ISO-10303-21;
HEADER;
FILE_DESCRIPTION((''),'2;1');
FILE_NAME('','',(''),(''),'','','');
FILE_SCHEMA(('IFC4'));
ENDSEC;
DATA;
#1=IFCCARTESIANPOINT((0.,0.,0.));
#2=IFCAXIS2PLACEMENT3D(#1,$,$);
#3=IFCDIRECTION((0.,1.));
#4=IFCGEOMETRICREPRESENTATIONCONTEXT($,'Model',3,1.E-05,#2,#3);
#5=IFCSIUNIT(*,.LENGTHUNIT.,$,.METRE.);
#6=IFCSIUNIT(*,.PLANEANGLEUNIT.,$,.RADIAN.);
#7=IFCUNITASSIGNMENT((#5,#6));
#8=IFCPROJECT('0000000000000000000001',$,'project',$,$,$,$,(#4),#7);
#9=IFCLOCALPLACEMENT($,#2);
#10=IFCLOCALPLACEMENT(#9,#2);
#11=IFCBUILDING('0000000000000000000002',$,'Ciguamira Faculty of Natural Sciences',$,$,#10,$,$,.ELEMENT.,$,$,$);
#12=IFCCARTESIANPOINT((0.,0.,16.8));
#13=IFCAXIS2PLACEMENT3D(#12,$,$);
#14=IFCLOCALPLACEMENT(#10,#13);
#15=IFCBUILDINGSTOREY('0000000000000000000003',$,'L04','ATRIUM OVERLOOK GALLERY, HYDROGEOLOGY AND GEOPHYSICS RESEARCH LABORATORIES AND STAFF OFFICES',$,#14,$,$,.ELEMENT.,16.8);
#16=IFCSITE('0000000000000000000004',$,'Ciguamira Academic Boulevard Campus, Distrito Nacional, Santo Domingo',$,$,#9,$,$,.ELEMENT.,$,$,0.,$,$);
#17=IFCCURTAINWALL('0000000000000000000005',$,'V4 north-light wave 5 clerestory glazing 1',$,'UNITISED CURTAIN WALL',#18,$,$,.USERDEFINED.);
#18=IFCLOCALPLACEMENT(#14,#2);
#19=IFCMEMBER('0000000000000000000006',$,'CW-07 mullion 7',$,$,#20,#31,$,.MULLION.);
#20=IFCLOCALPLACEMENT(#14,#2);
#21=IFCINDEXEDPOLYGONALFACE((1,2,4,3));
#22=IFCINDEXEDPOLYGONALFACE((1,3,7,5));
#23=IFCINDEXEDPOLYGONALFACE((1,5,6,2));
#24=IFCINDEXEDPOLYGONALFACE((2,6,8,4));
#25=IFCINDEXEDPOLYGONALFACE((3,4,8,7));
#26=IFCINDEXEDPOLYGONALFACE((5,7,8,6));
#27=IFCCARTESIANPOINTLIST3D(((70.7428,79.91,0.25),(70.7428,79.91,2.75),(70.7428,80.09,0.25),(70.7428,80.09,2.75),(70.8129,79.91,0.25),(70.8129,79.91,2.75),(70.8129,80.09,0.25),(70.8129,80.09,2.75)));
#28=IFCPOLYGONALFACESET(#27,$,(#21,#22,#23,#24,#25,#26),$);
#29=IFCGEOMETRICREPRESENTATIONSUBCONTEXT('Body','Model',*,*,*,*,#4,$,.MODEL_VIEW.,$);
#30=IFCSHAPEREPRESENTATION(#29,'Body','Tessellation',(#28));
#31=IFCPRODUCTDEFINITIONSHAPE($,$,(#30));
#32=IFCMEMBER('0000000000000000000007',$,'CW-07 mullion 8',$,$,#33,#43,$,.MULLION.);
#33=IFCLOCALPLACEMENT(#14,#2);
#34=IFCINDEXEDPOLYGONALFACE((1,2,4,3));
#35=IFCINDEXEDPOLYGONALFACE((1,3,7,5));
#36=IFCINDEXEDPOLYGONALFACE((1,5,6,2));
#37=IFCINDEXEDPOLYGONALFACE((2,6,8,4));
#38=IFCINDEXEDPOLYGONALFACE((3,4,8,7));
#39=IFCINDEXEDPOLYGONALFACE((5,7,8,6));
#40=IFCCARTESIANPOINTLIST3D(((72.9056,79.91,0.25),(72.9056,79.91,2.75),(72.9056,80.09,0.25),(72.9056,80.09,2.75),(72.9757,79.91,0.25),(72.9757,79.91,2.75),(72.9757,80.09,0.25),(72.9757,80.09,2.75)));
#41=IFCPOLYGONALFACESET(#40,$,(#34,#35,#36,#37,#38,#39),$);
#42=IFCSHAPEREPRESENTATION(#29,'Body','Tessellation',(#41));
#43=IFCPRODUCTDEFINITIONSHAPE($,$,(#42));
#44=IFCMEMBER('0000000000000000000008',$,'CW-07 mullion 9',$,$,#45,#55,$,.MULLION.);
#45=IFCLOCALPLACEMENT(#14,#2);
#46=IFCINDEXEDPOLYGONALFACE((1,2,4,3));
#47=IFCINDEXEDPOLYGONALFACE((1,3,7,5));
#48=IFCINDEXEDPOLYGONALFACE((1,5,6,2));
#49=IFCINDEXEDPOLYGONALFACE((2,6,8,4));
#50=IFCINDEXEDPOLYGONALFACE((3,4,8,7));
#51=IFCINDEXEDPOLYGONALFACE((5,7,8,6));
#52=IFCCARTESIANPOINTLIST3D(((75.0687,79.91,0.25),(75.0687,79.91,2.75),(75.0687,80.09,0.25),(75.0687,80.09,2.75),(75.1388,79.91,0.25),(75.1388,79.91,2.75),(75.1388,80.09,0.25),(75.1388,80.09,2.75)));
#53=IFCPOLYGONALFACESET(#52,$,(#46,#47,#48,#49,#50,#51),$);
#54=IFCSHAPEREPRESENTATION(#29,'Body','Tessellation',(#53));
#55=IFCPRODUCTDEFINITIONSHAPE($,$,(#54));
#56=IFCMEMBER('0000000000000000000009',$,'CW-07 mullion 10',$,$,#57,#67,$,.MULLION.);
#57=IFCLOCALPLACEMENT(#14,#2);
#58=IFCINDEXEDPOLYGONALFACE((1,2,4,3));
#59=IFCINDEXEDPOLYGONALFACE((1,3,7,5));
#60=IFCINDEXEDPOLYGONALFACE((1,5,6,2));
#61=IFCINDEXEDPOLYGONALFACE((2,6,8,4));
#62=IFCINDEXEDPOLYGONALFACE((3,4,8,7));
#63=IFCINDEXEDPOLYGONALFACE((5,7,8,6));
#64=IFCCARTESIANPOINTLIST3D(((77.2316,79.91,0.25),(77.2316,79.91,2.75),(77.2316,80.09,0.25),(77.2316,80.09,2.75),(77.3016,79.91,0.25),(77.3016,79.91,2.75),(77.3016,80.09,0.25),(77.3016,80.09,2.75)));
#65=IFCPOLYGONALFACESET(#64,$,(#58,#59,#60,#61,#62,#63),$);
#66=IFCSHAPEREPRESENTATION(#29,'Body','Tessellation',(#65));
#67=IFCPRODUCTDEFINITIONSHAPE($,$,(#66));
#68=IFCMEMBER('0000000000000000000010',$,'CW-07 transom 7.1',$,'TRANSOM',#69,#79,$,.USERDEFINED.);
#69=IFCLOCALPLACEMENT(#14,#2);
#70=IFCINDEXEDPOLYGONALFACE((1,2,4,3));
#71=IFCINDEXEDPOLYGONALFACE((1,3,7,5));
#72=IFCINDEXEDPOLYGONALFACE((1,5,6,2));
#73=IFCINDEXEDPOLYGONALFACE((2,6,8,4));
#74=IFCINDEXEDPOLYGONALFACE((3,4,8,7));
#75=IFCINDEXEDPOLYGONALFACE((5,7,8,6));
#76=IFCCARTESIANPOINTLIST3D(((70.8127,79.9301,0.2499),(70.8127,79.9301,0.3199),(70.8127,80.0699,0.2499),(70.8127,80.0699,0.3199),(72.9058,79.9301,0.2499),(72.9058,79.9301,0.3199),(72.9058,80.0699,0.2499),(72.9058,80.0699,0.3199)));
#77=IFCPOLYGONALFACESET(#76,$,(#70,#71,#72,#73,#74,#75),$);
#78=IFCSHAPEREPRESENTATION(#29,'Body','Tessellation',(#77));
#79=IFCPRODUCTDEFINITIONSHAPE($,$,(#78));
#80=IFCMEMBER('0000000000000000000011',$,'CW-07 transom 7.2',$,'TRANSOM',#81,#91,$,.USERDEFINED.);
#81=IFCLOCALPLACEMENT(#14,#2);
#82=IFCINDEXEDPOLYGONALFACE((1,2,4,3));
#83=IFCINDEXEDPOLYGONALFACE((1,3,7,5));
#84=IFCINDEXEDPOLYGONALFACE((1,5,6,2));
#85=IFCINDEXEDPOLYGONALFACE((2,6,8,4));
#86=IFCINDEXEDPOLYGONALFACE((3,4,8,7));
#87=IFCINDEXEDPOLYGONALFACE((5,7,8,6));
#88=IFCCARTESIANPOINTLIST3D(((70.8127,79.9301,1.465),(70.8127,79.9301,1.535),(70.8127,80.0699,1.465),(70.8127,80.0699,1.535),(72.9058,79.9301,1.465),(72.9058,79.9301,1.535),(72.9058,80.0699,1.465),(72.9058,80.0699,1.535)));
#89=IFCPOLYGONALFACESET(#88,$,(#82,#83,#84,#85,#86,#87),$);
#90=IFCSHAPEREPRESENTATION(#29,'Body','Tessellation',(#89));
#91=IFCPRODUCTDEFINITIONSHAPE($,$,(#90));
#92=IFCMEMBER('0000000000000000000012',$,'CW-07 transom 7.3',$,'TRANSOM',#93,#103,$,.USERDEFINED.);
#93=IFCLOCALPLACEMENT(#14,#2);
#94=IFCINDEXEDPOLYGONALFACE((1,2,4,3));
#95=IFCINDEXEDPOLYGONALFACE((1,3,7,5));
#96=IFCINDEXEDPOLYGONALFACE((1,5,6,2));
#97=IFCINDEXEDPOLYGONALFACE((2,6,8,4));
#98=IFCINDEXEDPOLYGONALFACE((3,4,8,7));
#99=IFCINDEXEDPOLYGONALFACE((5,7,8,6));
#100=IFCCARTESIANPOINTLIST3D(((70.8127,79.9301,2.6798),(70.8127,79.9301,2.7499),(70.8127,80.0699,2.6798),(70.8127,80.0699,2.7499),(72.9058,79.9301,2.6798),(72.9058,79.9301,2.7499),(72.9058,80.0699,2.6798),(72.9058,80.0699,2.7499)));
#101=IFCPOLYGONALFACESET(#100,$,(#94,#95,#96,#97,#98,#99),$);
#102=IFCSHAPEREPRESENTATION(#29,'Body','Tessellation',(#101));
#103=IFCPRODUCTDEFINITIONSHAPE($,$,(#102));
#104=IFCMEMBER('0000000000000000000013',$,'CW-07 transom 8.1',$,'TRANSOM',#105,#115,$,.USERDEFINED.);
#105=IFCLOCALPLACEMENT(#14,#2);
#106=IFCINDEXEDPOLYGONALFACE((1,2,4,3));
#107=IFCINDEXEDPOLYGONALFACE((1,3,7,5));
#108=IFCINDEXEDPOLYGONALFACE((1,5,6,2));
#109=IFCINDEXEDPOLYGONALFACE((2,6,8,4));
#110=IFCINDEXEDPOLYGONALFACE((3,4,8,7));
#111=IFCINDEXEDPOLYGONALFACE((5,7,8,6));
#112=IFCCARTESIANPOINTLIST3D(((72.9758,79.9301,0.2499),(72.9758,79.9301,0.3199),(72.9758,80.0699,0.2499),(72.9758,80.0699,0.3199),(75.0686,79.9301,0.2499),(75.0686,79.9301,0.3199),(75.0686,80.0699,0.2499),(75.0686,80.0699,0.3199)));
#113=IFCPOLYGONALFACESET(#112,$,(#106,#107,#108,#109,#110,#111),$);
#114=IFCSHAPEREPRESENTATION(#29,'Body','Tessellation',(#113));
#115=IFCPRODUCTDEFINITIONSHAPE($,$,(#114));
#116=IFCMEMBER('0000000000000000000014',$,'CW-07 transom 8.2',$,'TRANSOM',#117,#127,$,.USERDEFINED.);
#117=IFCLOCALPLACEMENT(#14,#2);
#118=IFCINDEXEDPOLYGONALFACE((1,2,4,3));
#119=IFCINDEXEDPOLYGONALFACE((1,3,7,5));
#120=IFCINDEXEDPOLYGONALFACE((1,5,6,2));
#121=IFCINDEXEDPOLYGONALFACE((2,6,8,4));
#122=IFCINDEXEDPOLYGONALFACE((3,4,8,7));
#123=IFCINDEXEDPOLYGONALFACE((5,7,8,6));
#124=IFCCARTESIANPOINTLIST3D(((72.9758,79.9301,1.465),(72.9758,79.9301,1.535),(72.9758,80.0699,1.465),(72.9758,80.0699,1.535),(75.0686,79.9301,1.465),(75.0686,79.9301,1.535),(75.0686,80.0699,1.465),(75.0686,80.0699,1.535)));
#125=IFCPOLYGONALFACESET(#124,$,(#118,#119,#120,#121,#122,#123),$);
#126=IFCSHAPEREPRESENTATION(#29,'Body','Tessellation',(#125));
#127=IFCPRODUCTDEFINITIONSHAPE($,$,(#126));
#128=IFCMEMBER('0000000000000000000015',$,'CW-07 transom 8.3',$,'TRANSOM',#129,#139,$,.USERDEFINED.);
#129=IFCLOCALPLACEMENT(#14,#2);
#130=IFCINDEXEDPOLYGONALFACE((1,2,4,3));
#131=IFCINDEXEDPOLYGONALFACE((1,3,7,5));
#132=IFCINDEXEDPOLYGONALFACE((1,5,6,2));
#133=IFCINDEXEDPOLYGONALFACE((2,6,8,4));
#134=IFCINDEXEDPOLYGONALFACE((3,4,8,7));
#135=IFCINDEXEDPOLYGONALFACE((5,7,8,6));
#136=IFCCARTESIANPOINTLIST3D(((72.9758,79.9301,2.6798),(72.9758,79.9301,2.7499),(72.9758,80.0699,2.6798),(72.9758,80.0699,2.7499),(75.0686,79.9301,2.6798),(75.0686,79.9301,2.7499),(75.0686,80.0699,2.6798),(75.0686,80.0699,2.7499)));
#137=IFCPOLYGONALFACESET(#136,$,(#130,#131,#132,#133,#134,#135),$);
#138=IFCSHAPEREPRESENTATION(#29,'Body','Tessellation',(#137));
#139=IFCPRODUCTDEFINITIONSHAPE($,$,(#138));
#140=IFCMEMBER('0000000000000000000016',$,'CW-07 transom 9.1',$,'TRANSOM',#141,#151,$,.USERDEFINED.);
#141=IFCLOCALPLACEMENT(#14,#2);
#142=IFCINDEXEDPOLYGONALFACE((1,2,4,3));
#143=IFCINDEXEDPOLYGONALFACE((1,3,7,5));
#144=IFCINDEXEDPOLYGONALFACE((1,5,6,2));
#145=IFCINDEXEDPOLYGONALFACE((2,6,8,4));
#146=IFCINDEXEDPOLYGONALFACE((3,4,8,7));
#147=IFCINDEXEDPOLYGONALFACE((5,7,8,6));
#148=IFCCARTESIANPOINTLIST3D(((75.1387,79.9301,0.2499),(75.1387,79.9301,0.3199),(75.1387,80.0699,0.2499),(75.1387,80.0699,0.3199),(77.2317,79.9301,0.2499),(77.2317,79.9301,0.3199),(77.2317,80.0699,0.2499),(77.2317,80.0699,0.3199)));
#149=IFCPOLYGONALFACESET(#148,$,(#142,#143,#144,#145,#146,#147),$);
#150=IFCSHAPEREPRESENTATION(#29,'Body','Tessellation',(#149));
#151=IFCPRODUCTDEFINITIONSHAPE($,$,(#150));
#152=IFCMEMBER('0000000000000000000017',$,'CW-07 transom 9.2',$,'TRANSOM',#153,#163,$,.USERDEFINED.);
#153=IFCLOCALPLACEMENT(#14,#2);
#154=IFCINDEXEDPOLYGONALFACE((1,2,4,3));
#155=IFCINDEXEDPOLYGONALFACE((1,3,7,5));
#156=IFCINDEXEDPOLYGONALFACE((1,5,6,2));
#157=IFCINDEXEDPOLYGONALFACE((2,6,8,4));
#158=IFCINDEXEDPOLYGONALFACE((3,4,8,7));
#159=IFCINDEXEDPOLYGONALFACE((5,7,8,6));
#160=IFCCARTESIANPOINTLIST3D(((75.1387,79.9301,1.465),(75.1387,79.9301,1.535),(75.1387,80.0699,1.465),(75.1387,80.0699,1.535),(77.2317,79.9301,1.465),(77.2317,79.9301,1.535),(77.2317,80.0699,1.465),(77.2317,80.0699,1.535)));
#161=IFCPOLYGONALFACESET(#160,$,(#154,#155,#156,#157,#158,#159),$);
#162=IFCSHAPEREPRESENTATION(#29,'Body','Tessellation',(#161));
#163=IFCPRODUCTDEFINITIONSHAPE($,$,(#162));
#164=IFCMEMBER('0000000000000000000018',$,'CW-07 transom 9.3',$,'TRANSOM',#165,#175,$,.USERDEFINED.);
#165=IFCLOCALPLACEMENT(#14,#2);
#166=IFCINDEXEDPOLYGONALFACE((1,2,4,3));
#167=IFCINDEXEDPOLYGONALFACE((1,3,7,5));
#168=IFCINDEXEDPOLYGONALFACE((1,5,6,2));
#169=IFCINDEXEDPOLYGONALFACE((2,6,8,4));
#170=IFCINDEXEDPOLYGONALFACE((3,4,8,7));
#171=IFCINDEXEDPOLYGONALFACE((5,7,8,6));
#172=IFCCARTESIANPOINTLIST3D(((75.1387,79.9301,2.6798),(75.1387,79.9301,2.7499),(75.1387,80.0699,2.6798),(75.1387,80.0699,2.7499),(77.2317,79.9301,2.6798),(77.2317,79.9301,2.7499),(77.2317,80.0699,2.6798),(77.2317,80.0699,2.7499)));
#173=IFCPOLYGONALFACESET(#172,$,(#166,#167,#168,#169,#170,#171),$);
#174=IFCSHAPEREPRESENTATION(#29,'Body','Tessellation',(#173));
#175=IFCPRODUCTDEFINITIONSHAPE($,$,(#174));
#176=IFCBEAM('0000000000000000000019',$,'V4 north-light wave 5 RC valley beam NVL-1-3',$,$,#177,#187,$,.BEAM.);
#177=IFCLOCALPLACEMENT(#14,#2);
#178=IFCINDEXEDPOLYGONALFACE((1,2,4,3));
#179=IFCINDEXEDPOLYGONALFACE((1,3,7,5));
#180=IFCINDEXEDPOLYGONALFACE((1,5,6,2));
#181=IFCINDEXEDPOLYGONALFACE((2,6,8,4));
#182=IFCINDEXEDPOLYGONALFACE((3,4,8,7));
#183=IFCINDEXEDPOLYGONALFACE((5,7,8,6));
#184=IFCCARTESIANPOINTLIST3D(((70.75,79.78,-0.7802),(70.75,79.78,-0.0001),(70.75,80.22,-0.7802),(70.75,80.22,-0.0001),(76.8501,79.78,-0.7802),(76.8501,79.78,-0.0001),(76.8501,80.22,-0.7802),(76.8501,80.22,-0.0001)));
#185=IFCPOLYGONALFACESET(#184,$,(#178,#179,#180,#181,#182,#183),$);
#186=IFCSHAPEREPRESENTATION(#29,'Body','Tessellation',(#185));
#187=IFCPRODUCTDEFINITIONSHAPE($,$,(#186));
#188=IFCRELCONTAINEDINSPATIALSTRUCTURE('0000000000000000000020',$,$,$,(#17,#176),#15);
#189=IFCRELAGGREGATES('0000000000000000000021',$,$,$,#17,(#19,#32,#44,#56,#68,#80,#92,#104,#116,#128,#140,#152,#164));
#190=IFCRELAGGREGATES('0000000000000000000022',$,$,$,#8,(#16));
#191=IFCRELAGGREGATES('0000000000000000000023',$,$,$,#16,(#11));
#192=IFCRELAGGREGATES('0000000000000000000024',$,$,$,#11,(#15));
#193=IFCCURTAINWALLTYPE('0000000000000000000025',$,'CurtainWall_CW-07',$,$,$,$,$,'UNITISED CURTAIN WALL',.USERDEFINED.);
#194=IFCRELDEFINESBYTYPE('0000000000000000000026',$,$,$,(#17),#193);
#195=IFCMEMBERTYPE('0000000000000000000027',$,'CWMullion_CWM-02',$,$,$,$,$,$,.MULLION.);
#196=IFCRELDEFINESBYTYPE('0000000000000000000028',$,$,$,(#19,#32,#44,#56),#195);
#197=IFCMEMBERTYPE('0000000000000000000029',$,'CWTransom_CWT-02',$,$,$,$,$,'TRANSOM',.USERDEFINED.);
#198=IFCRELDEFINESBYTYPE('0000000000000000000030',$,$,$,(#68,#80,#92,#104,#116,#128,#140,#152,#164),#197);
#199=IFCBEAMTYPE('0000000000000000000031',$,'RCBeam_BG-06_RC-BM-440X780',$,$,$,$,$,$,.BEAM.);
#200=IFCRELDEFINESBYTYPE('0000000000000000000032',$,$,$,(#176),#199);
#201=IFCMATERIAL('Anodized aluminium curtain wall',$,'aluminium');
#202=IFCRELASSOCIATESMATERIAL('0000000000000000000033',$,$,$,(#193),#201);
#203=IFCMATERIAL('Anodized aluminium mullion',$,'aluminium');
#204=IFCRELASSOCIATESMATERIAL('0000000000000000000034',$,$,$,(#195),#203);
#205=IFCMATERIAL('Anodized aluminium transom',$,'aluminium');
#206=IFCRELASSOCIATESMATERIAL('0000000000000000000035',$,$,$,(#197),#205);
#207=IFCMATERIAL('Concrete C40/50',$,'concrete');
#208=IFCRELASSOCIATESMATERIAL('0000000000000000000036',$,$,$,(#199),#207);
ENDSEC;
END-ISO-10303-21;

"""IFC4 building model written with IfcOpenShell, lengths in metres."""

from ifc_helpers import new_model, si_unit, direction, frame, origin, origin_2d, place, context, subcontext, project, spatial, rectangle, extrude, material, material_profile, profile_set, type_object, element, aggregate, save


model = new_model("IFC4")

# Units and contexts
model_context = context("Model", 3, precision=1e-05, world=origin(), true_north=direction((0.0, 1.0)))
body_context = subcontext(model_context, "Body", "Model", "MODEL_VIEW")
ifc_project = project(units=[si_unit("LENGTHUNIT", "METRE"), si_unit("PLANEANGLEUNIT", "RADIAN")], contexts=[model_context])

# Site, building, storey
site_placement = place(None, origin())
site = spatial("IfcSite", under=ifc_project, at=site_placement, Name="Ciguamira Academic Boulevard Campus, Distrito Nacional, Santo Domingo", CompositionType="ELEMENT", RefElevation=0.0)
building_placement = place(site_placement, origin())
building = spatial("IfcBuilding", under=site, at=building_placement, Name="Ciguamira Faculty of Natural Sciences", CompositionType="ELEMENT")
storey_placement = place(building_placement, frame((0.0, 0.0, 16.8)))
storey = spatial("IfcBuildingStorey", under=building, at=storey_placement, Name="L04", Description="ATRIUM OVERLOOK GALLERY, HYDROGEOLOGY AND GEOPHYSICS RESEARCH LABORATORIES AND STAFF OFFICES", CompositionType="ELEMENT", Elevation=16.8)

# Curtain wall, members
ifc_material_1 = material(Name="Anodized aluminium curtain wall", Category="aluminium")
curtain_wall_type = type_object("IfcCurtainWallType", Name="CurtainWall_CW-07", ElementType="UNITISED CURTAIN WALL", PredefinedType="USERDEFINED", material=ifc_material_1)
curtain_wall_placement = place(storey_placement, origin())
curtain_wall = element("IfcCurtainWall", 1, at=curtain_wall_placement, inside=storey, type_object=curtain_wall_type, Name="V4 north-light wave 5 clerestory glazing 1", ObjectType="UNITISED CURTAIN WALL", PredefinedType="USERDEFINED")
ifc_material_2 = material(Name="Anodized aluminium mullion", Category="aluminium")
ifc_material_profile_1 = material_profile(ifc_material_2, rectangle(XDim=0.0701, YDim=0.1799, at=origin_2d()), Name="ALU-MUL-70X180")
ifc_profile_set_1 = profile_set([ifc_material_profile_1], Name="Anodized aluminium mullion")
member_type_1 = type_object("IfcMemberType", Name="CWMullion_CWM-02", PredefinedType="MULLION", material=ifc_profile_set_1)
member_1_placement = place(storey_placement, frame((70.7778, 80.0, 0.25), z_axis=(0.0, 0.0, 1.0), x_axis=(1.0, 0.0, 0.0)))
member_1 = element("IfcMember", 2, at=member_1_placement, type_object=member_type_1, Name="CW-07 mullion 7", PredefinedType="MULLION", context=body_context, shape_type="SweptSolid", body=[
    extrude(rectangle(XDim=0.0701, YDim=0.1799, at=origin_2d()), origin(), (0.0, 0.0, 1.0), 2.5),
])
member_2_placement = place(storey_placement, frame((72.9407, 80.0, 0.25), z_axis=(0.0, 0.0, 1.0), x_axis=(1.0, 0.0, 0.0)))
member_2 = element("IfcMember", 3, at=member_2_placement, type_object=member_type_1, Name="CW-07 mullion 8", PredefinedType="MULLION", context=body_context, shape_type="SweptSolid", body=[
    extrude(rectangle(XDim=0.0701, YDim=0.1799, at=origin_2d()), origin(), (0.0, 0.0, 1.0), 2.5),
])
member_3_placement = place(storey_placement, frame((75.1038, 80.0, 0.25), z_axis=(0.0, 0.0, 1.0), x_axis=(1.0, 0.0, 0.0)))
member_3 = element("IfcMember", 4, at=member_3_placement, type_object=member_type_1, Name="CW-07 mullion 9", PredefinedType="MULLION", context=body_context, shape_type="SweptSolid", body=[
    extrude(rectangle(XDim=0.0701, YDim=0.1799, at=origin_2d()), origin(), (0.0, 0.0, 1.0), 2.5),
])
member_4_placement = place(storey_placement, frame((77.2666, 80.0, 0.25), z_axis=(0.0, 0.0, 1.0), x_axis=(1.0, 0.0, 0.0)))
member_4 = element("IfcMember", 5, at=member_4_placement, type_object=member_type_1, Name="CW-07 mullion 10", PredefinedType="MULLION", context=body_context, shape_type="SweptSolid", body=[
    extrude(rectangle(XDim=0.0701, YDim=0.1799, at=origin_2d()), origin(), (0.0, 0.0, 1.0), 2.5),
])
ifc_material_3 = material(Name="Anodized aluminium transom", Category="aluminium")
ifc_material_profile_2 = material_profile(ifc_material_3, rectangle(XDim=0.0701, YDim=0.1399, at=origin_2d()), Name="ALU-TRN-70X140")
ifc_profile_set_2 = profile_set([ifc_material_profile_2], Name="Anodized aluminium transom")
member_type_2 = type_object("IfcMemberType", Name="CWTransom_CWT-02", ElementType="TRANSOM", PredefinedType="USERDEFINED", material=ifc_profile_set_2)
member_5_placement = place(storey_placement, frame((70.8127, 80.0, 0.2849), z_axis=(1.0, 0.0, 0.0), x_axis=(0.0, 0.0, 1.0)))
member_5 = element("IfcMember", 6, at=member_5_placement, type_object=member_type_2, Name="CW-07 transom 7.1", ObjectType="TRANSOM", PredefinedType="USERDEFINED", context=body_context, shape_type="SweptSolid", body=[
    extrude(rectangle(XDim=0.0701, YDim=0.1399, at=origin_2d()), origin(), (0.0, 0.0, 1.0), 2.093),
])
member_6_placement = place(storey_placement, frame((70.8127, 80.0, 1.5), z_axis=(1.0, 0.0, 0.0), x_axis=(0.0, 0.0, 1.0)))
member_6 = element("IfcMember", 7, at=member_6_placement, type_object=member_type_2, Name="CW-07 transom 7.2", ObjectType="TRANSOM", PredefinedType="USERDEFINED", context=body_context, shape_type="SweptSolid", body=[
    extrude(rectangle(XDim=0.0701, YDim=0.1399, at=origin_2d()), origin(), (0.0, 0.0, 1.0), 2.093),
])
member_7_placement = place(storey_placement, frame((70.8127, 80.0, 2.7148), z_axis=(1.0, 0.0, 0.0), x_axis=(0.0, 0.0, 1.0)))
member_7 = element("IfcMember", 8, at=member_7_placement, type_object=member_type_2, Name="CW-07 transom 7.3", ObjectType="TRANSOM", PredefinedType="USERDEFINED", context=body_context, shape_type="SweptSolid", body=[
    extrude(rectangle(XDim=0.0701, YDim=0.1399, at=origin_2d()), origin(), (0.0, 0.0, 1.0), 2.093),
])
member_8_placement = place(storey_placement, frame((72.9758, 80.0, 0.2849), z_axis=(1.0, 0.0, 0.0), x_axis=(0.0, 0.0, 1.0)))
member_8 = element("IfcMember", 9, at=member_8_placement, type_object=member_type_2, Name="CW-07 transom 8.1", ObjectType="TRANSOM", PredefinedType="USERDEFINED", context=body_context, shape_type="SweptSolid", body=[
    extrude(rectangle(XDim=0.0701, YDim=0.1399, at=origin_2d()), origin(), (0.0, 0.0, 1.0), 2.0928),
])
member_9_placement = place(storey_placement, frame((72.9758, 80.0, 1.5), z_axis=(1.0, 0.0, 0.0), x_axis=(0.0, 0.0, 1.0)))
member_9 = element("IfcMember", 10, at=member_9_placement, type_object=member_type_2, Name="CW-07 transom 8.2", ObjectType="TRANSOM", PredefinedType="USERDEFINED", context=body_context, shape_type="SweptSolid", body=[
    extrude(rectangle(XDim=0.0701, YDim=0.1399, at=origin_2d()), origin(), (0.0, 0.0, 1.0), 2.0928),
])
member_10_placement = place(storey_placement, frame((72.9758, 80.0, 2.7148), z_axis=(1.0, 0.0, 0.0), x_axis=(0.0, 0.0, 1.0)))
member_10 = element("IfcMember", 11, at=member_10_placement, type_object=member_type_2, Name="CW-07 transom 8.3", ObjectType="TRANSOM", PredefinedType="USERDEFINED", context=body_context, shape_type="SweptSolid", body=[
    extrude(rectangle(XDim=0.0701, YDim=0.1399, at=origin_2d()), origin(), (0.0, 0.0, 1.0), 2.0928),
])
member_11_placement = place(storey_placement, frame((75.1387, 80.0, 0.2849), z_axis=(1.0, 0.0, 0.0), x_axis=(0.0, 0.0, 1.0)))
member_11 = element("IfcMember", 12, at=member_11_placement, type_object=member_type_2, Name="CW-07 transom 9.1", ObjectType="TRANSOM", PredefinedType="USERDEFINED", context=body_context, shape_type="SweptSolid", body=[
    extrude(rectangle(XDim=0.0701, YDim=0.1399, at=origin_2d()), origin(), (0.0, 0.0, 1.0), 2.093),
])
member_12_placement = place(storey_placement, frame((75.1387, 80.0, 1.5), z_axis=(1.0, 0.0, 0.0), x_axis=(0.0, 0.0, 1.0)))
member_12 = element("IfcMember", 13, at=member_12_placement, type_object=member_type_2, Name="CW-07 transom 9.2", ObjectType="TRANSOM", PredefinedType="USERDEFINED", context=body_context, shape_type="SweptSolid", body=[
    extrude(rectangle(XDim=0.0701, YDim=0.1399, at=origin_2d()), origin(), (0.0, 0.0, 1.0), 2.093),
])
member_13_placement = place(storey_placement, frame((75.1387, 80.0, 2.7148), z_axis=(1.0, 0.0, 0.0), x_axis=(0.0, 0.0, 1.0)))
member_13 = element("IfcMember", 14, at=member_13_placement, type_object=member_type_2, Name="CW-07 transom 9.3", ObjectType="TRANSOM", PredefinedType="USERDEFINED", context=body_context, shape_type="SweptSolid", body=[
    extrude(rectangle(XDim=0.0701, YDim=0.1399, at=origin_2d()), origin(), (0.0, 0.0, 1.0), 2.093),
])

# Beam
ifc_material_4 = material(Name="Concrete C40/50", Category="concrete")
ifc_material_profile_3 = material_profile(ifc_material_4, rectangle(XDim=0.4399, YDim=0.78, at=origin_2d()), Name="RC-BM-440X780")
ifc_profile_set_3 = profile_set([ifc_material_profile_3], Name="Concrete C40/50")
beam_type = type_object("IfcBeamType", Name="RCBeam_BG-06_RC-BM-440X780", PredefinedType="BEAM", material=ifc_profile_set_3)
beam_placement = place(storey_placement, frame((70.75, 80.0, -0.3901), z_axis=(1.0, 0.0, 0.0), x_axis=(0.0, 1.0, 0.0)))
element("IfcBeam", 15, at=beam_placement, inside=storey, type_object=beam_type, Name="V4 north-light wave 5 RC valley beam NVL-1-3", PredefinedType="BEAM", context=body_context, shape_type="SweptSolid", body=[
    extrude(rectangle(XDim=0.4399, YDim=0.78, at=origin_2d()), origin(), (0.0, 0.0, 1.0), 6.1001),
])

aggregate(curtain_wall, [member_1, member_2, member_3, member_4, member_5, member_6, member_7, member_8, member_9, member_10, member_11, member_12, member_13])

save(model, "model.ifc")
